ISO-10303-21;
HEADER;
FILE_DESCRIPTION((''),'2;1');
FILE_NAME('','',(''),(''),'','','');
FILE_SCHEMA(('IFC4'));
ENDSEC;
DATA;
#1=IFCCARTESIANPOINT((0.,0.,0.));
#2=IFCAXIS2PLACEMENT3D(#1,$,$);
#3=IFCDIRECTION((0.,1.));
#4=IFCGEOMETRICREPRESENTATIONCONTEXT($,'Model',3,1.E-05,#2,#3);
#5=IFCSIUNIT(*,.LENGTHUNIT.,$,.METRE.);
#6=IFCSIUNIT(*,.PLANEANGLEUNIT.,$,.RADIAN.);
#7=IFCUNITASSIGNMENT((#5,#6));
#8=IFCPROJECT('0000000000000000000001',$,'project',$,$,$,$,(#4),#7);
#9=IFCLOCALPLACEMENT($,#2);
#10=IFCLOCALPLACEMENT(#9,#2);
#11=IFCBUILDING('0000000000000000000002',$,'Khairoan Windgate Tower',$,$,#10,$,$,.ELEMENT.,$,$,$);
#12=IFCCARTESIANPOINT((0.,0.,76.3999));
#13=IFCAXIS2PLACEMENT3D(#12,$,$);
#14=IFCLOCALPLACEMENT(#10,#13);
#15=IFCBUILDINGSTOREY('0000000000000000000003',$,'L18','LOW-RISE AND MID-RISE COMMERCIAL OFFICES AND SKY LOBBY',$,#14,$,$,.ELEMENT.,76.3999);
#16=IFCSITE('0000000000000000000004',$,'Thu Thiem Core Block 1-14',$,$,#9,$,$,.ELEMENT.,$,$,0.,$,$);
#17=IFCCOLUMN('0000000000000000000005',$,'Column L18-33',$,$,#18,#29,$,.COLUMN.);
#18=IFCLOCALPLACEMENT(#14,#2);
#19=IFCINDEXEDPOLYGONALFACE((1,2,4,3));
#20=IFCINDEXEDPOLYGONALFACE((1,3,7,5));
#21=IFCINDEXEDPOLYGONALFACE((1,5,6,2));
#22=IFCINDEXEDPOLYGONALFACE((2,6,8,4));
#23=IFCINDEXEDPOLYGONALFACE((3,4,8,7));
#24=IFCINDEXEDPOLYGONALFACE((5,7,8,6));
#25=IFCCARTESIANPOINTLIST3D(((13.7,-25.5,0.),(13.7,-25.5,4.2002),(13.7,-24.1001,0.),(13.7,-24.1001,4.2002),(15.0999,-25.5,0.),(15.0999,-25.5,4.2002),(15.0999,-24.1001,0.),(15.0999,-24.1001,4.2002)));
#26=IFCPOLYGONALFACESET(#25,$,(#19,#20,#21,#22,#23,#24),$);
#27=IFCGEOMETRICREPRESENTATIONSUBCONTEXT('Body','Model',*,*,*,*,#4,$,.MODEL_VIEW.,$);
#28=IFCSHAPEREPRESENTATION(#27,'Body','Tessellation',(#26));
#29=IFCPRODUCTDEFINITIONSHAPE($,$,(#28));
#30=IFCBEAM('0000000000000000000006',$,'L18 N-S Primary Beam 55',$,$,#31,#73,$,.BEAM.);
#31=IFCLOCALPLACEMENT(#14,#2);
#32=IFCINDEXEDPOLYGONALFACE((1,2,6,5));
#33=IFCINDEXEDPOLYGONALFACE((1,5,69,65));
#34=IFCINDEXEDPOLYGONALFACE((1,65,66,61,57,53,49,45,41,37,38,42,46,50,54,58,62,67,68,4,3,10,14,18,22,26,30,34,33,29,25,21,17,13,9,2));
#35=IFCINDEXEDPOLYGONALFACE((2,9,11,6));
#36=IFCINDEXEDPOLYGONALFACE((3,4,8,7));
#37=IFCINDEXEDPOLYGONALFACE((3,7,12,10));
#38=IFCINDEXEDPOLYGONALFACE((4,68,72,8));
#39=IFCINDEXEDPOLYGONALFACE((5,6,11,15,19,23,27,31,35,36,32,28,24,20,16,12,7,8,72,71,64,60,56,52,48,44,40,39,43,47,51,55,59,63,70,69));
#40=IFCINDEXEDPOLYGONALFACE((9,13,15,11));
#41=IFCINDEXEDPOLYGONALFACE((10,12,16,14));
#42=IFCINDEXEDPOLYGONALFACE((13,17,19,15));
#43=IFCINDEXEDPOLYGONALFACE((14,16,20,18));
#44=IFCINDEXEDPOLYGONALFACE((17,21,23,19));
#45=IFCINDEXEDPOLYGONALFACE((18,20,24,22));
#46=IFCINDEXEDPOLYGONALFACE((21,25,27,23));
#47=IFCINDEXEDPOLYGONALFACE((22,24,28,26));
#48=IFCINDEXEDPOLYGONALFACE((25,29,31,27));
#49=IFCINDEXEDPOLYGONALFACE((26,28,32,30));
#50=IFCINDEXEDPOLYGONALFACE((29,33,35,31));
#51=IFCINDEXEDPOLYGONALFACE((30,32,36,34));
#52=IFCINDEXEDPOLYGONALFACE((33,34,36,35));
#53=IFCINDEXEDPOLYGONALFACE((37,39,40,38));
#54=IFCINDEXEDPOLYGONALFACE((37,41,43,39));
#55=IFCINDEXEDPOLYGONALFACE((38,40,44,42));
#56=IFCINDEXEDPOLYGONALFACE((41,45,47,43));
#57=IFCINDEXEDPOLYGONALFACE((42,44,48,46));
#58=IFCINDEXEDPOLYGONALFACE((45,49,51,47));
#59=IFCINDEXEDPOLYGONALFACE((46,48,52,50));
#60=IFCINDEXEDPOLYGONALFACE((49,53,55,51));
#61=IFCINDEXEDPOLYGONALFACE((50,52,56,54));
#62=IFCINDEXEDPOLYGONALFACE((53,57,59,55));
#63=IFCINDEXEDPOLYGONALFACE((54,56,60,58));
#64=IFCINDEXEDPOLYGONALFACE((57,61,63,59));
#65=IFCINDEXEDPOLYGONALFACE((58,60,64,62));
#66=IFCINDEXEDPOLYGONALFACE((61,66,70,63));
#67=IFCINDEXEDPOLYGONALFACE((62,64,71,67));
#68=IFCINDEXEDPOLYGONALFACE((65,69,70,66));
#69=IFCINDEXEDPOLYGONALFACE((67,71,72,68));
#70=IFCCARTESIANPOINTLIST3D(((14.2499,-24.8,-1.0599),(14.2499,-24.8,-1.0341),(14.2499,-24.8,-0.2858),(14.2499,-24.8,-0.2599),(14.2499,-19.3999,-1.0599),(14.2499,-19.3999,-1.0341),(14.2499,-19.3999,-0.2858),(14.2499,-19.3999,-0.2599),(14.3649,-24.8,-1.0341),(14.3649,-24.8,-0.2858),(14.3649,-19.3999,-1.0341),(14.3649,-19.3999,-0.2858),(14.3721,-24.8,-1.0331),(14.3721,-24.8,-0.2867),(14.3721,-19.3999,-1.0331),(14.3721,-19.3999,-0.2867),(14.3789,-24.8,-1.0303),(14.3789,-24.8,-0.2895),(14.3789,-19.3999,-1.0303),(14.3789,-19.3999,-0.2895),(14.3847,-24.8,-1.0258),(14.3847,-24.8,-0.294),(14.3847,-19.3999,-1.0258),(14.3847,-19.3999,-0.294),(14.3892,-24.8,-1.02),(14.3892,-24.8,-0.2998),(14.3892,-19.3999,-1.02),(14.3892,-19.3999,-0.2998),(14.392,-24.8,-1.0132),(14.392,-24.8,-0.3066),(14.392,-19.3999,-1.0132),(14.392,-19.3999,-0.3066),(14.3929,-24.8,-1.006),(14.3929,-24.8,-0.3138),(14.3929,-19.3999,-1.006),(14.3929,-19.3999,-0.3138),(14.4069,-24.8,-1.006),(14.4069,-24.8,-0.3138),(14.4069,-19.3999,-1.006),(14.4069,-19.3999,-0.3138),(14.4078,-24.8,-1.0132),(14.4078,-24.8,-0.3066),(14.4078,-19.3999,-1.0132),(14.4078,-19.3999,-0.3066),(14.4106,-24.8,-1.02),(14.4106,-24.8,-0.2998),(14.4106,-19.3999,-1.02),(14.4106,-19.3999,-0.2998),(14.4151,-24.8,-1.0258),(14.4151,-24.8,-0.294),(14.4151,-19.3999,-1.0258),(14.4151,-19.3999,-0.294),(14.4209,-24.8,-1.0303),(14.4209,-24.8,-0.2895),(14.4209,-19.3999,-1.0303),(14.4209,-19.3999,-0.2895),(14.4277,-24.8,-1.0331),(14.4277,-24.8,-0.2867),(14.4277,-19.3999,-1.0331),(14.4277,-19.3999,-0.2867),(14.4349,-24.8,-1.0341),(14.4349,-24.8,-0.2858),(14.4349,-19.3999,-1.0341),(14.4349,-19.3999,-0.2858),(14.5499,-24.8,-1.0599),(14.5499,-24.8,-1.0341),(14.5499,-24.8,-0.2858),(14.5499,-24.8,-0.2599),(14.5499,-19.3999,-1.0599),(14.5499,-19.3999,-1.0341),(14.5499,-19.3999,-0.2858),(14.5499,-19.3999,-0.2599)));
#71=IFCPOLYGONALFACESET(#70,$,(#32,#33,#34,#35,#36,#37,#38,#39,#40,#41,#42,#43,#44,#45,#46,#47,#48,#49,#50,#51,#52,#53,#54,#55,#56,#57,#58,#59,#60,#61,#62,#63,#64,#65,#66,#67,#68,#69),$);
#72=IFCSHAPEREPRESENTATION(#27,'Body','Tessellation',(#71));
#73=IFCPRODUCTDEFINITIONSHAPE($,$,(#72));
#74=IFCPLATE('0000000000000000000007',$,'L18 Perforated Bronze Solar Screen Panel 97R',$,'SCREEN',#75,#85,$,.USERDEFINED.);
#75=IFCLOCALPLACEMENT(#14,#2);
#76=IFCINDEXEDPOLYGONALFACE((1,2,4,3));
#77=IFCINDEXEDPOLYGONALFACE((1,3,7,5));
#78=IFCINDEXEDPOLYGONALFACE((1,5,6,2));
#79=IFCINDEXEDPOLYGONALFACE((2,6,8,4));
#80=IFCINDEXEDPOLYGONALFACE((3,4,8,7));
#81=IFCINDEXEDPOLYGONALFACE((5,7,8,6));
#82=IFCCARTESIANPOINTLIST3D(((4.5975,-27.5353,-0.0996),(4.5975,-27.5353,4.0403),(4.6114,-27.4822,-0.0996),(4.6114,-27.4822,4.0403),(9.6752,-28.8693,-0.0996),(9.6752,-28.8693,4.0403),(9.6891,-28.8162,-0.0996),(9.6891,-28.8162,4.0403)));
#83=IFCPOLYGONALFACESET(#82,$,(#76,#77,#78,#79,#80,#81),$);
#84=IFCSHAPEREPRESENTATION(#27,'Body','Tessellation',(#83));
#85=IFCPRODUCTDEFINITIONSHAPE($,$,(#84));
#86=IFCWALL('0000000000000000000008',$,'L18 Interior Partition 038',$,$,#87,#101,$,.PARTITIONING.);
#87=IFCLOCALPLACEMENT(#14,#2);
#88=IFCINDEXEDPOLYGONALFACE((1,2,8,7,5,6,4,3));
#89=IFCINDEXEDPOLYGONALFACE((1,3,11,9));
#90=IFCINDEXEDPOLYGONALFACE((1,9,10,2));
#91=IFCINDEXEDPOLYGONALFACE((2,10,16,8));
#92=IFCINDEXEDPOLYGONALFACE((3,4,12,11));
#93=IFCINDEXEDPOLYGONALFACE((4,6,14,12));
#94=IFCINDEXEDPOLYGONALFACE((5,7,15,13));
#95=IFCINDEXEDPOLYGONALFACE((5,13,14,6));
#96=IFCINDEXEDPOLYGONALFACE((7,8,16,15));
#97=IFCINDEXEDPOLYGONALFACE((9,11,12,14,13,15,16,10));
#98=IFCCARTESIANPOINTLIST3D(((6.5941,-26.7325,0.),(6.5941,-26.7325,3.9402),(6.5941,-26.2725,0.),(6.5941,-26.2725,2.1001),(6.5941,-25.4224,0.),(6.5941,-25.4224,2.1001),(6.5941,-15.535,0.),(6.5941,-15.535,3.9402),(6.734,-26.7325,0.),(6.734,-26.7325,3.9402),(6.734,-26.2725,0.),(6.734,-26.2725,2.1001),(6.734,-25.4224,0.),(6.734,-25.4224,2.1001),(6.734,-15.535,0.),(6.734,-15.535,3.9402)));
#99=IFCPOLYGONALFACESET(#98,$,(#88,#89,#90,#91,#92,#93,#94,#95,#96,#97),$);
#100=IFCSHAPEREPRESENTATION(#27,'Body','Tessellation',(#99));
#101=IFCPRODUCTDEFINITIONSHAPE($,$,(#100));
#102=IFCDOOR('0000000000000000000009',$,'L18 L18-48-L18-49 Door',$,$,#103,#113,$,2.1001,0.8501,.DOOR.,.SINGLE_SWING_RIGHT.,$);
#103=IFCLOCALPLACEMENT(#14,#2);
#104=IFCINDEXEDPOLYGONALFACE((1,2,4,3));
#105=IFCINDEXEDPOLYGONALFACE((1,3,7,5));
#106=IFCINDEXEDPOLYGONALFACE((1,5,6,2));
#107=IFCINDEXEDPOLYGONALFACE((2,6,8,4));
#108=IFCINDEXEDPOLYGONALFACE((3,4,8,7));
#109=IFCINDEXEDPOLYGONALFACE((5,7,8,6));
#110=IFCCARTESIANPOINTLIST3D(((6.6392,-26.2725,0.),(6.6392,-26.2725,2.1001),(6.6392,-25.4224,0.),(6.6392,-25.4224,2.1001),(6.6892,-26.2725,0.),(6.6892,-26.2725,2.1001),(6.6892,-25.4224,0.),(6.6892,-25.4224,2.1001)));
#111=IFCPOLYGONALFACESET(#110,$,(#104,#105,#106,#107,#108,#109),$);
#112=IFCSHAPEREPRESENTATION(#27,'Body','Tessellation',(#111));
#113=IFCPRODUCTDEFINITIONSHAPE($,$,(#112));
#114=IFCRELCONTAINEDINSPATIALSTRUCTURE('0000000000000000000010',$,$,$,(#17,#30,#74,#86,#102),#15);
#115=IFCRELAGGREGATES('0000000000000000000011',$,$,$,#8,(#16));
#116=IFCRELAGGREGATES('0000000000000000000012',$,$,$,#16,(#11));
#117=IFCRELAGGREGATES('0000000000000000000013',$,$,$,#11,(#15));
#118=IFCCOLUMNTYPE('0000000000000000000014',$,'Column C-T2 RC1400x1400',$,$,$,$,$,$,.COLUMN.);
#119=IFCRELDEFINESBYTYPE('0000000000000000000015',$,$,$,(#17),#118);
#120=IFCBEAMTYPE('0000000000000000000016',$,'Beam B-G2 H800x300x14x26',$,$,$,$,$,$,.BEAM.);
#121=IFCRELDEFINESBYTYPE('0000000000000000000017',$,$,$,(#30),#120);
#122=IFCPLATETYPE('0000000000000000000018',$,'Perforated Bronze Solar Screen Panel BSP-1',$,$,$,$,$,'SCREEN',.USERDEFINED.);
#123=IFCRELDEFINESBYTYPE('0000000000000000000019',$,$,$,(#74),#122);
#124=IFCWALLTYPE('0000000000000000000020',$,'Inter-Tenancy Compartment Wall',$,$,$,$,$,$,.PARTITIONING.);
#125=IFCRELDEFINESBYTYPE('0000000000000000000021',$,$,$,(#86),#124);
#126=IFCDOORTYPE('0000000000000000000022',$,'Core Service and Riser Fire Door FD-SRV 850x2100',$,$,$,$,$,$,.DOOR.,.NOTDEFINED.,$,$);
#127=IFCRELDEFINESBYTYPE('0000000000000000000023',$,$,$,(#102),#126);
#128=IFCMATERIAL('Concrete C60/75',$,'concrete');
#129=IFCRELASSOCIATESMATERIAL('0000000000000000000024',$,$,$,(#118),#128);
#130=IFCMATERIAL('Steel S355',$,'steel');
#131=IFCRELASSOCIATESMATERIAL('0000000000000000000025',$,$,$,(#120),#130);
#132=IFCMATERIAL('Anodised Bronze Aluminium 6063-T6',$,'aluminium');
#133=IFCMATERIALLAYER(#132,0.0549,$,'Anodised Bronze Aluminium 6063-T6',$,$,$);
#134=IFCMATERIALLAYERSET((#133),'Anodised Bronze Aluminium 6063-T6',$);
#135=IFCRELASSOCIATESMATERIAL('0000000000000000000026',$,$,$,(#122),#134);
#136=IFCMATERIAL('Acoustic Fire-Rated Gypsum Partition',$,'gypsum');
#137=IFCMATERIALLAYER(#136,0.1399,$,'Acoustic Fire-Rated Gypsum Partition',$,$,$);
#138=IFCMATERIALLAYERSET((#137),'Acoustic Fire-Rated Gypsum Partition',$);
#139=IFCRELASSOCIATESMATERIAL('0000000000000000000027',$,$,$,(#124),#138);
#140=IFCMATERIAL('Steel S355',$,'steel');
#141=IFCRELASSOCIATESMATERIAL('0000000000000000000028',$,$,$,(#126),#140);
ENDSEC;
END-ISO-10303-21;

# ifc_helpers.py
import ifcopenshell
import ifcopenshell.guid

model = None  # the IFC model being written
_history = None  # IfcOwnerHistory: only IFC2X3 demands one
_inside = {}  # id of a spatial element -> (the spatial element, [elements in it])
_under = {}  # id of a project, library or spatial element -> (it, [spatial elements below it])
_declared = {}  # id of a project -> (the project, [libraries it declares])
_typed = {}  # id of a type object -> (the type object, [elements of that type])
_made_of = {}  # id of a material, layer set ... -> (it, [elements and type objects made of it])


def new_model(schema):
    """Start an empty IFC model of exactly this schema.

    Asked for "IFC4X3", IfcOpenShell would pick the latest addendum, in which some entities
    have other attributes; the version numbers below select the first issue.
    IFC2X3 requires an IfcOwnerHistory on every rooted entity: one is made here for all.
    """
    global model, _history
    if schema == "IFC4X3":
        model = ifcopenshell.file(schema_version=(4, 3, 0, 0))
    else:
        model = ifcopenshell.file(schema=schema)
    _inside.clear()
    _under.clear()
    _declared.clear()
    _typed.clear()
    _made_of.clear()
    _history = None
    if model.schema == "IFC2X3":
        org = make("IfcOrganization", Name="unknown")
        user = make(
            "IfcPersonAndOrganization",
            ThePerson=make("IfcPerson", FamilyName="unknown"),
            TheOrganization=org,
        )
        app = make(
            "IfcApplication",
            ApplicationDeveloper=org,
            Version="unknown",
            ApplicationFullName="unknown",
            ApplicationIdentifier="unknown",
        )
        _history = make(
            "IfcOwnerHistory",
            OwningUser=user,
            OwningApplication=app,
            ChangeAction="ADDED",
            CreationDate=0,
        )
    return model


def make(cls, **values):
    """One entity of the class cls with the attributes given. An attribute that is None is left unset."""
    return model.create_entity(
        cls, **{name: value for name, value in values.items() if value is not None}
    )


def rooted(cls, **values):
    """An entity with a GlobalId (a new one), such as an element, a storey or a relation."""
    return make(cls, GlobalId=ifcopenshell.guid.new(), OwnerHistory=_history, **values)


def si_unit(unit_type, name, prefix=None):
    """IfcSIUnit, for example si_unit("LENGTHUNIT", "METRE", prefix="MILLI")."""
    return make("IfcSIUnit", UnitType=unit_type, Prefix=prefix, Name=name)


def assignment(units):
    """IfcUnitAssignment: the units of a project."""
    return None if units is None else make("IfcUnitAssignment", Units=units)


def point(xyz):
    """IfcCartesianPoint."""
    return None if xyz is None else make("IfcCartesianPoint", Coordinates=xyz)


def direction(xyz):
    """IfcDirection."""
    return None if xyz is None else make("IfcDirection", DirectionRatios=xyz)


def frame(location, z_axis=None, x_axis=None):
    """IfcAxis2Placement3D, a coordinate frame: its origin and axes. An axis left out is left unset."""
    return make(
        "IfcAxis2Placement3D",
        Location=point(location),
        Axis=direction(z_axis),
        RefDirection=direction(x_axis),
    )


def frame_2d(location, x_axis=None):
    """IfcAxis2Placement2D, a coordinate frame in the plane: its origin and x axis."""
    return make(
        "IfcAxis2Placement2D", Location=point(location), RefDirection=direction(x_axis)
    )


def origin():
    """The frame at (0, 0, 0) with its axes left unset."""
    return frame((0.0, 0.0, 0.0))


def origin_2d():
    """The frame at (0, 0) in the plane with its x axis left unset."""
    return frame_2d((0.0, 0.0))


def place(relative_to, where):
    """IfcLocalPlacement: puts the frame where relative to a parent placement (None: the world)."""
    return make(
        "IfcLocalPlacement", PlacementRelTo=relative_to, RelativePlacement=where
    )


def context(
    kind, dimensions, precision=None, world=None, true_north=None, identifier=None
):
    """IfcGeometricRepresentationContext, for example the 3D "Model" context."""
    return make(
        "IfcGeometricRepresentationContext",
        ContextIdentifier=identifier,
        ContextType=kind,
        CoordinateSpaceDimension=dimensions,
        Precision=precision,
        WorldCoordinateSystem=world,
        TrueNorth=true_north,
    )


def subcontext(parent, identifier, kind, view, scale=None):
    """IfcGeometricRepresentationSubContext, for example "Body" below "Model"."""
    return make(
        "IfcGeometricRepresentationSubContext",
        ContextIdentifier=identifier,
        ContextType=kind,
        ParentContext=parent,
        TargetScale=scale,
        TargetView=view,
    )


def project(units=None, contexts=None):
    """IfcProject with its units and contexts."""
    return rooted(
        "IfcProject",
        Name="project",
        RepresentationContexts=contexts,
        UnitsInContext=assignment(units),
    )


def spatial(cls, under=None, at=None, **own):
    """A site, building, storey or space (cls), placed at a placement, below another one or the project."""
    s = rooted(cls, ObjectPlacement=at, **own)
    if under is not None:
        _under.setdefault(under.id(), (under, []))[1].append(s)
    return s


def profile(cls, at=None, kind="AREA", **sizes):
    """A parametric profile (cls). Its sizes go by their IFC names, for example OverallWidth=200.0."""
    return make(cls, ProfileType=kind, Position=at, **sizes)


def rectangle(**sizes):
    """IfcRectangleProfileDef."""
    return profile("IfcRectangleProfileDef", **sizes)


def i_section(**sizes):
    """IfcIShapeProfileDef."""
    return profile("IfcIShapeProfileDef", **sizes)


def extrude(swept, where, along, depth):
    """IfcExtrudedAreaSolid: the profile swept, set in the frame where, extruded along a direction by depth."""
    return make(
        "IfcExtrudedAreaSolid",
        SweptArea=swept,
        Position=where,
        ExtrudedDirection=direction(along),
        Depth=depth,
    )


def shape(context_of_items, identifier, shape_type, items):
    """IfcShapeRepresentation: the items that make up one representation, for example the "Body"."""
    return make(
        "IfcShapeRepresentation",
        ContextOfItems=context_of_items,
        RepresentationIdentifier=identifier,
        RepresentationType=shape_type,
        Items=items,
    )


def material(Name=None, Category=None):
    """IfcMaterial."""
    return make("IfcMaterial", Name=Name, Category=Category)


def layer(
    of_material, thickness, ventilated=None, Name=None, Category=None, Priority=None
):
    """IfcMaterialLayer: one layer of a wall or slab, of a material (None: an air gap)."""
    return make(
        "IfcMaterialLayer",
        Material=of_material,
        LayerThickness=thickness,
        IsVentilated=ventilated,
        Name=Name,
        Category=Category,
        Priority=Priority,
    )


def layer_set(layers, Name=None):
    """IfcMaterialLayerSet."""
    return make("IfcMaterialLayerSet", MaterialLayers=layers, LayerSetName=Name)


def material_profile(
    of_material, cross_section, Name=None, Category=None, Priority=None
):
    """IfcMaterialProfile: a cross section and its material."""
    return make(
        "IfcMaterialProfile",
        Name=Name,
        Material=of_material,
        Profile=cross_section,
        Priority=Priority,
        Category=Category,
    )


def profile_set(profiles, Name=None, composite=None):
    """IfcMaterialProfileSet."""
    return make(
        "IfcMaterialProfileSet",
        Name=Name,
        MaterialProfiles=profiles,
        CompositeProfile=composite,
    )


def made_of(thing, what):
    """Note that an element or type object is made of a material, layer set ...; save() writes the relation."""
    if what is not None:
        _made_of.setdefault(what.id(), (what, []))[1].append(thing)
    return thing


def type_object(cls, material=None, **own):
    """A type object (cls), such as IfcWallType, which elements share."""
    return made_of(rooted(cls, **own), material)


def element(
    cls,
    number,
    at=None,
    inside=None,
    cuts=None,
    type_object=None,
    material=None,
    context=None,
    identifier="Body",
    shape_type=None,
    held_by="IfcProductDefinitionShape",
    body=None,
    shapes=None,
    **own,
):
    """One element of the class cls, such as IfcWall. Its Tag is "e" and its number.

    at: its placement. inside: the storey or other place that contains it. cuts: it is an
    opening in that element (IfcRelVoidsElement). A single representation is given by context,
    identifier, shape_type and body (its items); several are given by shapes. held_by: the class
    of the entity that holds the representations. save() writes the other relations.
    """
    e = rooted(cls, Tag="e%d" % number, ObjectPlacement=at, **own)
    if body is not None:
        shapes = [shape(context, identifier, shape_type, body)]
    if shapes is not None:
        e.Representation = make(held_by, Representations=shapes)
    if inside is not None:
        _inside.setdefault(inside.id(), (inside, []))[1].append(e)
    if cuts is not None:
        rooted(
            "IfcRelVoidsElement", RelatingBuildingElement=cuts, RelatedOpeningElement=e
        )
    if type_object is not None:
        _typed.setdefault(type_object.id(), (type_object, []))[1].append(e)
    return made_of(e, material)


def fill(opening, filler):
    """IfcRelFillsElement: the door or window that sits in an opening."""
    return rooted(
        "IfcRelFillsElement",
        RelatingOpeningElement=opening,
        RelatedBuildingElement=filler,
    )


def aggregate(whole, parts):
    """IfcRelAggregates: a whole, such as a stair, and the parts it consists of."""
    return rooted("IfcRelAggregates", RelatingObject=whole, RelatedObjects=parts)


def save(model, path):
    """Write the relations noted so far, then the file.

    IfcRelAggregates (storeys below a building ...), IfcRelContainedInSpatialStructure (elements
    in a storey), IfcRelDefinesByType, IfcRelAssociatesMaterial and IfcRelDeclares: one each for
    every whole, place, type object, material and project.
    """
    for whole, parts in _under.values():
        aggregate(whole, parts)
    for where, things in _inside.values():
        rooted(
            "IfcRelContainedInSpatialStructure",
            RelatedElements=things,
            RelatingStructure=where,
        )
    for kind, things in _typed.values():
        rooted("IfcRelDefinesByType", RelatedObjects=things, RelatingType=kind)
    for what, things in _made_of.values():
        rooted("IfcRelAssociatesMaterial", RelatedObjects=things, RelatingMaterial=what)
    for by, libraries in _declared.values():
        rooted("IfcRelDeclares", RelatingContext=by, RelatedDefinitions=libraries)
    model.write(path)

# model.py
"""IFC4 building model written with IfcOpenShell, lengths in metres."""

from ifc_helpers import new_model, si_unit, direction, frame, frame_2d, origin, origin_2d, place, context, subcontext, project, spatial, rectangle, i_section, extrude, material, layer, layer_set, material_profile, profile_set, type_object, element, fill, save


model = new_model("IFC4")

# Units and contexts
model_context = context("Model", 3, precision=1e-05, world=origin(), true_north=direction((0.0, 1.0)))
body_context = subcontext(model_context, "Body", "Model", "MODEL_VIEW")
ifc_project = project(units=[si_unit("LENGTHUNIT", "METRE"), si_unit("PLANEANGLEUNIT", "RADIAN")], contexts=[model_context])

# Site, building, storey
site_placement = place(None, origin())
site = spatial("IfcSite", under=ifc_project, at=site_placement, Name="Thu Thiem Core Block 1-14", CompositionType="ELEMENT", RefElevation=0.0)
building_placement = place(site_placement, origin())
building = spatial("IfcBuilding", under=site, at=building_placement, Name="Khairoan Windgate Tower", CompositionType="ELEMENT")
storey_placement = place(building_placement, frame((0.0, 0.0, 76.3999)))
storey = spatial("IfcBuildingStorey", under=building, at=storey_placement, Name="L18", Description="LOW-RISE AND MID-RISE COMMERCIAL OFFICES AND SKY LOBBY", CompositionType="ELEMENT", Elevation=76.3999)

# Column
ifc_material_1 = material(Name="Concrete C60/75", Category="concrete")
ifc_material_profile_1 = material_profile(ifc_material_1, rectangle(XDim=1.3999, YDim=1.3999, at=origin_2d()))
ifc_profile_set_1 = profile_set([ifc_material_profile_1], Name="Concrete C60/75")
column_type = type_object("IfcColumnType", Name="Column C-T2 RC1400x1400", PredefinedType="COLUMN", material=ifc_profile_set_1)
column_placement = place(storey_placement, frame((14.3999, -24.8, 0.0), z_axis=(0.0, 0.0, 1.0), x_axis=(1.0, 0.0, 0.0)))
element("IfcColumn", 1, at=column_placement, inside=storey, type_object=column_type, Name="Column L18-33", PredefinedType="COLUMN", context=body_context, shape_type="SweptSolid", body=[
    extrude(rectangle(XDim=1.3999, YDim=1.3999, at=origin_2d()), origin(), (0.0, 0.0, 1.0), 4.2002),
])

# Beam
ifc_material_2 = material(Name="Steel S355", Category="steel")
ifc_material_profile_2 = material_profile(ifc_material_2, i_section(OverallWidth=0.3, OverallDepth=0.8, WebThickness=0.0139, FlangeThickness=0.0259, FilletRadius=0.0281, at=origin_2d()))
ifc_profile_set_2 = profile_set([ifc_material_profile_2], Name="Steel S355")
beam_type = type_object("IfcBeamType", Name="Beam B-G2 H800x300x14x26", PredefinedType="BEAM", material=ifc_profile_set_2)
beam_placement = place(storey_placement, frame((14.3999, -24.8, -0.6599), z_axis=(0.0, 1.0, 0.0), x_axis=(-1.0, 0.0, 0.0)))
element("IfcBeam", 2, at=beam_placement, inside=storey, type_object=beam_type, Name="L18 N-S Primary Beam 55", PredefinedType="BEAM", context=body_context, shape_type="SweptSolid", body=[
    extrude(i_section(OverallWidth=0.3, OverallDepth=0.8, WebThickness=0.0139, FlangeThickness=0.0259, FilletRadius=0.0281, at=origin_2d()), origin(), (0.0, 0.0, 1.0), 5.4001),
])

# Plate
ifc_material_3 = material(Name="Anodised Bronze Aluminium 6063-T6", Category="aluminium")
ifc_layer_1 = layer(ifc_material_3, 0.0549, Name="Anodised Bronze Aluminium 6063-T6")
ifc_layer_set_1 = layer_set([ifc_layer_1], Name="Anodised Bronze Aluminium 6063-T6")
plate_type = type_object("IfcPlateType", Name="Perforated Bronze Solar Screen Panel BSP-1", ElementType="SCREEN", PredefinedType="USERDEFINED", material=ifc_layer_set_1)
plate_placement = place(storey_placement, frame((7.1433, -28.1758, -0.0996), z_axis=(0.0, 0.0, 1.0), x_axis=(-0.967179, 0.254096, 0.0)))
element("IfcPlate", 3, at=plate_placement, inside=storey, type_object=plate_type, Name="L18 Perforated Bronze Solar Screen Panel 97R", ObjectType="SCREEN", PredefinedType="USERDEFINED", context=body_context, shape_type="SweptSolid", body=[
    extrude(rectangle(XDim=5.25, YDim=0.0549, at=origin_2d()), origin(), (0.0, 0.0, 1.0), 4.1399),
])

# Wall, opening, door
ifc_material_4 = material(Name="Acoustic Fire-Rated Gypsum Partition", Category="gypsum")
ifc_layer_2 = layer(ifc_material_4, 0.1399, Name="Acoustic Fire-Rated Gypsum Partition")
ifc_layer_set_2 = layer_set([ifc_layer_2], Name="Acoustic Fire-Rated Gypsum Partition")
wall_type_1 = type_object("IfcWallType", Name="Inter-Tenancy Compartment Wall", PredefinedType="PARTITIONING", material=ifc_layer_set_2)
wall_1_placement = place(storey_placement, frame((6.6641, -26.7324, 0.0), z_axis=(0.0, 0.0, 1.0), x_axis=(0.0, 1.0, 0.0)))
wall_1 = element("IfcWall", 4, at=wall_1_placement, inside=storey, type_object=wall_type_1, Name="L18 Interior Partition 038", PredefinedType="PARTITIONING", context=body_context, shape_type="SweptSolid", body=[
    extrude(rectangle(XDim=11.1975, YDim=0.1399, at=frame_2d((5.5986, 0.0))), origin(), (0.0, 0.0, 1.0), 3.9402),
])
opening_1_placement = place(wall_1_placement, frame((0.46, 0.0, 0.0)))
opening_1 = element("IfcOpeningElement", 5, at=opening_1_placement, cuts=wall_1, PredefinedType="OPENING", context=body_context, shape_type="SweptSolid", body=[
    extrude(rectangle(XDim=0.8501, YDim=2.1001, at=frame_2d((0.425, 1.05))), frame((0.0, 0.0798, 0.0), z_axis=(0.0, -1.0, 0.0), x_axis=(1.0, 0.0, 0.0)), (0.0, 0.0, 1.0), 0.1599),
])
ifc_material_5 = material(Name="Steel S355", Category="steel")
door_type_1 = type_object("IfcDoorType", Name="Core Service and Riser Fire Door FD-SRV 850x2100", OperationType="NOTDEFINED", PredefinedType="DOOR", material=ifc_material_5)
door_1_placement = place(opening_1_placement, origin())
door_1 = element("IfcDoor", 6, at=door_1_placement, inside=storey, type_object=door_type_1, Name="L18 L18-48-L18-49 Door", OperationType="SINGLE_SWING_RIGHT", OverallHeight=2.1001, OverallWidth=0.8501, PredefinedType="DOOR", context=body_context, shape_type="SweptSolid", body=[
    extrude(rectangle(XDim=0.8501, YDim=2.1001, at=frame_2d((0.425, 1.05))), frame((0.0, 0.0249, 0.0), z_axis=(0.0, -1.0, 0.0), x_axis=(1.0, 0.0, 0.0)), (0.0, 0.0, 1.0), 0.05),
])
fill(opening_1, door_1)

save(model, "model.ifc")
